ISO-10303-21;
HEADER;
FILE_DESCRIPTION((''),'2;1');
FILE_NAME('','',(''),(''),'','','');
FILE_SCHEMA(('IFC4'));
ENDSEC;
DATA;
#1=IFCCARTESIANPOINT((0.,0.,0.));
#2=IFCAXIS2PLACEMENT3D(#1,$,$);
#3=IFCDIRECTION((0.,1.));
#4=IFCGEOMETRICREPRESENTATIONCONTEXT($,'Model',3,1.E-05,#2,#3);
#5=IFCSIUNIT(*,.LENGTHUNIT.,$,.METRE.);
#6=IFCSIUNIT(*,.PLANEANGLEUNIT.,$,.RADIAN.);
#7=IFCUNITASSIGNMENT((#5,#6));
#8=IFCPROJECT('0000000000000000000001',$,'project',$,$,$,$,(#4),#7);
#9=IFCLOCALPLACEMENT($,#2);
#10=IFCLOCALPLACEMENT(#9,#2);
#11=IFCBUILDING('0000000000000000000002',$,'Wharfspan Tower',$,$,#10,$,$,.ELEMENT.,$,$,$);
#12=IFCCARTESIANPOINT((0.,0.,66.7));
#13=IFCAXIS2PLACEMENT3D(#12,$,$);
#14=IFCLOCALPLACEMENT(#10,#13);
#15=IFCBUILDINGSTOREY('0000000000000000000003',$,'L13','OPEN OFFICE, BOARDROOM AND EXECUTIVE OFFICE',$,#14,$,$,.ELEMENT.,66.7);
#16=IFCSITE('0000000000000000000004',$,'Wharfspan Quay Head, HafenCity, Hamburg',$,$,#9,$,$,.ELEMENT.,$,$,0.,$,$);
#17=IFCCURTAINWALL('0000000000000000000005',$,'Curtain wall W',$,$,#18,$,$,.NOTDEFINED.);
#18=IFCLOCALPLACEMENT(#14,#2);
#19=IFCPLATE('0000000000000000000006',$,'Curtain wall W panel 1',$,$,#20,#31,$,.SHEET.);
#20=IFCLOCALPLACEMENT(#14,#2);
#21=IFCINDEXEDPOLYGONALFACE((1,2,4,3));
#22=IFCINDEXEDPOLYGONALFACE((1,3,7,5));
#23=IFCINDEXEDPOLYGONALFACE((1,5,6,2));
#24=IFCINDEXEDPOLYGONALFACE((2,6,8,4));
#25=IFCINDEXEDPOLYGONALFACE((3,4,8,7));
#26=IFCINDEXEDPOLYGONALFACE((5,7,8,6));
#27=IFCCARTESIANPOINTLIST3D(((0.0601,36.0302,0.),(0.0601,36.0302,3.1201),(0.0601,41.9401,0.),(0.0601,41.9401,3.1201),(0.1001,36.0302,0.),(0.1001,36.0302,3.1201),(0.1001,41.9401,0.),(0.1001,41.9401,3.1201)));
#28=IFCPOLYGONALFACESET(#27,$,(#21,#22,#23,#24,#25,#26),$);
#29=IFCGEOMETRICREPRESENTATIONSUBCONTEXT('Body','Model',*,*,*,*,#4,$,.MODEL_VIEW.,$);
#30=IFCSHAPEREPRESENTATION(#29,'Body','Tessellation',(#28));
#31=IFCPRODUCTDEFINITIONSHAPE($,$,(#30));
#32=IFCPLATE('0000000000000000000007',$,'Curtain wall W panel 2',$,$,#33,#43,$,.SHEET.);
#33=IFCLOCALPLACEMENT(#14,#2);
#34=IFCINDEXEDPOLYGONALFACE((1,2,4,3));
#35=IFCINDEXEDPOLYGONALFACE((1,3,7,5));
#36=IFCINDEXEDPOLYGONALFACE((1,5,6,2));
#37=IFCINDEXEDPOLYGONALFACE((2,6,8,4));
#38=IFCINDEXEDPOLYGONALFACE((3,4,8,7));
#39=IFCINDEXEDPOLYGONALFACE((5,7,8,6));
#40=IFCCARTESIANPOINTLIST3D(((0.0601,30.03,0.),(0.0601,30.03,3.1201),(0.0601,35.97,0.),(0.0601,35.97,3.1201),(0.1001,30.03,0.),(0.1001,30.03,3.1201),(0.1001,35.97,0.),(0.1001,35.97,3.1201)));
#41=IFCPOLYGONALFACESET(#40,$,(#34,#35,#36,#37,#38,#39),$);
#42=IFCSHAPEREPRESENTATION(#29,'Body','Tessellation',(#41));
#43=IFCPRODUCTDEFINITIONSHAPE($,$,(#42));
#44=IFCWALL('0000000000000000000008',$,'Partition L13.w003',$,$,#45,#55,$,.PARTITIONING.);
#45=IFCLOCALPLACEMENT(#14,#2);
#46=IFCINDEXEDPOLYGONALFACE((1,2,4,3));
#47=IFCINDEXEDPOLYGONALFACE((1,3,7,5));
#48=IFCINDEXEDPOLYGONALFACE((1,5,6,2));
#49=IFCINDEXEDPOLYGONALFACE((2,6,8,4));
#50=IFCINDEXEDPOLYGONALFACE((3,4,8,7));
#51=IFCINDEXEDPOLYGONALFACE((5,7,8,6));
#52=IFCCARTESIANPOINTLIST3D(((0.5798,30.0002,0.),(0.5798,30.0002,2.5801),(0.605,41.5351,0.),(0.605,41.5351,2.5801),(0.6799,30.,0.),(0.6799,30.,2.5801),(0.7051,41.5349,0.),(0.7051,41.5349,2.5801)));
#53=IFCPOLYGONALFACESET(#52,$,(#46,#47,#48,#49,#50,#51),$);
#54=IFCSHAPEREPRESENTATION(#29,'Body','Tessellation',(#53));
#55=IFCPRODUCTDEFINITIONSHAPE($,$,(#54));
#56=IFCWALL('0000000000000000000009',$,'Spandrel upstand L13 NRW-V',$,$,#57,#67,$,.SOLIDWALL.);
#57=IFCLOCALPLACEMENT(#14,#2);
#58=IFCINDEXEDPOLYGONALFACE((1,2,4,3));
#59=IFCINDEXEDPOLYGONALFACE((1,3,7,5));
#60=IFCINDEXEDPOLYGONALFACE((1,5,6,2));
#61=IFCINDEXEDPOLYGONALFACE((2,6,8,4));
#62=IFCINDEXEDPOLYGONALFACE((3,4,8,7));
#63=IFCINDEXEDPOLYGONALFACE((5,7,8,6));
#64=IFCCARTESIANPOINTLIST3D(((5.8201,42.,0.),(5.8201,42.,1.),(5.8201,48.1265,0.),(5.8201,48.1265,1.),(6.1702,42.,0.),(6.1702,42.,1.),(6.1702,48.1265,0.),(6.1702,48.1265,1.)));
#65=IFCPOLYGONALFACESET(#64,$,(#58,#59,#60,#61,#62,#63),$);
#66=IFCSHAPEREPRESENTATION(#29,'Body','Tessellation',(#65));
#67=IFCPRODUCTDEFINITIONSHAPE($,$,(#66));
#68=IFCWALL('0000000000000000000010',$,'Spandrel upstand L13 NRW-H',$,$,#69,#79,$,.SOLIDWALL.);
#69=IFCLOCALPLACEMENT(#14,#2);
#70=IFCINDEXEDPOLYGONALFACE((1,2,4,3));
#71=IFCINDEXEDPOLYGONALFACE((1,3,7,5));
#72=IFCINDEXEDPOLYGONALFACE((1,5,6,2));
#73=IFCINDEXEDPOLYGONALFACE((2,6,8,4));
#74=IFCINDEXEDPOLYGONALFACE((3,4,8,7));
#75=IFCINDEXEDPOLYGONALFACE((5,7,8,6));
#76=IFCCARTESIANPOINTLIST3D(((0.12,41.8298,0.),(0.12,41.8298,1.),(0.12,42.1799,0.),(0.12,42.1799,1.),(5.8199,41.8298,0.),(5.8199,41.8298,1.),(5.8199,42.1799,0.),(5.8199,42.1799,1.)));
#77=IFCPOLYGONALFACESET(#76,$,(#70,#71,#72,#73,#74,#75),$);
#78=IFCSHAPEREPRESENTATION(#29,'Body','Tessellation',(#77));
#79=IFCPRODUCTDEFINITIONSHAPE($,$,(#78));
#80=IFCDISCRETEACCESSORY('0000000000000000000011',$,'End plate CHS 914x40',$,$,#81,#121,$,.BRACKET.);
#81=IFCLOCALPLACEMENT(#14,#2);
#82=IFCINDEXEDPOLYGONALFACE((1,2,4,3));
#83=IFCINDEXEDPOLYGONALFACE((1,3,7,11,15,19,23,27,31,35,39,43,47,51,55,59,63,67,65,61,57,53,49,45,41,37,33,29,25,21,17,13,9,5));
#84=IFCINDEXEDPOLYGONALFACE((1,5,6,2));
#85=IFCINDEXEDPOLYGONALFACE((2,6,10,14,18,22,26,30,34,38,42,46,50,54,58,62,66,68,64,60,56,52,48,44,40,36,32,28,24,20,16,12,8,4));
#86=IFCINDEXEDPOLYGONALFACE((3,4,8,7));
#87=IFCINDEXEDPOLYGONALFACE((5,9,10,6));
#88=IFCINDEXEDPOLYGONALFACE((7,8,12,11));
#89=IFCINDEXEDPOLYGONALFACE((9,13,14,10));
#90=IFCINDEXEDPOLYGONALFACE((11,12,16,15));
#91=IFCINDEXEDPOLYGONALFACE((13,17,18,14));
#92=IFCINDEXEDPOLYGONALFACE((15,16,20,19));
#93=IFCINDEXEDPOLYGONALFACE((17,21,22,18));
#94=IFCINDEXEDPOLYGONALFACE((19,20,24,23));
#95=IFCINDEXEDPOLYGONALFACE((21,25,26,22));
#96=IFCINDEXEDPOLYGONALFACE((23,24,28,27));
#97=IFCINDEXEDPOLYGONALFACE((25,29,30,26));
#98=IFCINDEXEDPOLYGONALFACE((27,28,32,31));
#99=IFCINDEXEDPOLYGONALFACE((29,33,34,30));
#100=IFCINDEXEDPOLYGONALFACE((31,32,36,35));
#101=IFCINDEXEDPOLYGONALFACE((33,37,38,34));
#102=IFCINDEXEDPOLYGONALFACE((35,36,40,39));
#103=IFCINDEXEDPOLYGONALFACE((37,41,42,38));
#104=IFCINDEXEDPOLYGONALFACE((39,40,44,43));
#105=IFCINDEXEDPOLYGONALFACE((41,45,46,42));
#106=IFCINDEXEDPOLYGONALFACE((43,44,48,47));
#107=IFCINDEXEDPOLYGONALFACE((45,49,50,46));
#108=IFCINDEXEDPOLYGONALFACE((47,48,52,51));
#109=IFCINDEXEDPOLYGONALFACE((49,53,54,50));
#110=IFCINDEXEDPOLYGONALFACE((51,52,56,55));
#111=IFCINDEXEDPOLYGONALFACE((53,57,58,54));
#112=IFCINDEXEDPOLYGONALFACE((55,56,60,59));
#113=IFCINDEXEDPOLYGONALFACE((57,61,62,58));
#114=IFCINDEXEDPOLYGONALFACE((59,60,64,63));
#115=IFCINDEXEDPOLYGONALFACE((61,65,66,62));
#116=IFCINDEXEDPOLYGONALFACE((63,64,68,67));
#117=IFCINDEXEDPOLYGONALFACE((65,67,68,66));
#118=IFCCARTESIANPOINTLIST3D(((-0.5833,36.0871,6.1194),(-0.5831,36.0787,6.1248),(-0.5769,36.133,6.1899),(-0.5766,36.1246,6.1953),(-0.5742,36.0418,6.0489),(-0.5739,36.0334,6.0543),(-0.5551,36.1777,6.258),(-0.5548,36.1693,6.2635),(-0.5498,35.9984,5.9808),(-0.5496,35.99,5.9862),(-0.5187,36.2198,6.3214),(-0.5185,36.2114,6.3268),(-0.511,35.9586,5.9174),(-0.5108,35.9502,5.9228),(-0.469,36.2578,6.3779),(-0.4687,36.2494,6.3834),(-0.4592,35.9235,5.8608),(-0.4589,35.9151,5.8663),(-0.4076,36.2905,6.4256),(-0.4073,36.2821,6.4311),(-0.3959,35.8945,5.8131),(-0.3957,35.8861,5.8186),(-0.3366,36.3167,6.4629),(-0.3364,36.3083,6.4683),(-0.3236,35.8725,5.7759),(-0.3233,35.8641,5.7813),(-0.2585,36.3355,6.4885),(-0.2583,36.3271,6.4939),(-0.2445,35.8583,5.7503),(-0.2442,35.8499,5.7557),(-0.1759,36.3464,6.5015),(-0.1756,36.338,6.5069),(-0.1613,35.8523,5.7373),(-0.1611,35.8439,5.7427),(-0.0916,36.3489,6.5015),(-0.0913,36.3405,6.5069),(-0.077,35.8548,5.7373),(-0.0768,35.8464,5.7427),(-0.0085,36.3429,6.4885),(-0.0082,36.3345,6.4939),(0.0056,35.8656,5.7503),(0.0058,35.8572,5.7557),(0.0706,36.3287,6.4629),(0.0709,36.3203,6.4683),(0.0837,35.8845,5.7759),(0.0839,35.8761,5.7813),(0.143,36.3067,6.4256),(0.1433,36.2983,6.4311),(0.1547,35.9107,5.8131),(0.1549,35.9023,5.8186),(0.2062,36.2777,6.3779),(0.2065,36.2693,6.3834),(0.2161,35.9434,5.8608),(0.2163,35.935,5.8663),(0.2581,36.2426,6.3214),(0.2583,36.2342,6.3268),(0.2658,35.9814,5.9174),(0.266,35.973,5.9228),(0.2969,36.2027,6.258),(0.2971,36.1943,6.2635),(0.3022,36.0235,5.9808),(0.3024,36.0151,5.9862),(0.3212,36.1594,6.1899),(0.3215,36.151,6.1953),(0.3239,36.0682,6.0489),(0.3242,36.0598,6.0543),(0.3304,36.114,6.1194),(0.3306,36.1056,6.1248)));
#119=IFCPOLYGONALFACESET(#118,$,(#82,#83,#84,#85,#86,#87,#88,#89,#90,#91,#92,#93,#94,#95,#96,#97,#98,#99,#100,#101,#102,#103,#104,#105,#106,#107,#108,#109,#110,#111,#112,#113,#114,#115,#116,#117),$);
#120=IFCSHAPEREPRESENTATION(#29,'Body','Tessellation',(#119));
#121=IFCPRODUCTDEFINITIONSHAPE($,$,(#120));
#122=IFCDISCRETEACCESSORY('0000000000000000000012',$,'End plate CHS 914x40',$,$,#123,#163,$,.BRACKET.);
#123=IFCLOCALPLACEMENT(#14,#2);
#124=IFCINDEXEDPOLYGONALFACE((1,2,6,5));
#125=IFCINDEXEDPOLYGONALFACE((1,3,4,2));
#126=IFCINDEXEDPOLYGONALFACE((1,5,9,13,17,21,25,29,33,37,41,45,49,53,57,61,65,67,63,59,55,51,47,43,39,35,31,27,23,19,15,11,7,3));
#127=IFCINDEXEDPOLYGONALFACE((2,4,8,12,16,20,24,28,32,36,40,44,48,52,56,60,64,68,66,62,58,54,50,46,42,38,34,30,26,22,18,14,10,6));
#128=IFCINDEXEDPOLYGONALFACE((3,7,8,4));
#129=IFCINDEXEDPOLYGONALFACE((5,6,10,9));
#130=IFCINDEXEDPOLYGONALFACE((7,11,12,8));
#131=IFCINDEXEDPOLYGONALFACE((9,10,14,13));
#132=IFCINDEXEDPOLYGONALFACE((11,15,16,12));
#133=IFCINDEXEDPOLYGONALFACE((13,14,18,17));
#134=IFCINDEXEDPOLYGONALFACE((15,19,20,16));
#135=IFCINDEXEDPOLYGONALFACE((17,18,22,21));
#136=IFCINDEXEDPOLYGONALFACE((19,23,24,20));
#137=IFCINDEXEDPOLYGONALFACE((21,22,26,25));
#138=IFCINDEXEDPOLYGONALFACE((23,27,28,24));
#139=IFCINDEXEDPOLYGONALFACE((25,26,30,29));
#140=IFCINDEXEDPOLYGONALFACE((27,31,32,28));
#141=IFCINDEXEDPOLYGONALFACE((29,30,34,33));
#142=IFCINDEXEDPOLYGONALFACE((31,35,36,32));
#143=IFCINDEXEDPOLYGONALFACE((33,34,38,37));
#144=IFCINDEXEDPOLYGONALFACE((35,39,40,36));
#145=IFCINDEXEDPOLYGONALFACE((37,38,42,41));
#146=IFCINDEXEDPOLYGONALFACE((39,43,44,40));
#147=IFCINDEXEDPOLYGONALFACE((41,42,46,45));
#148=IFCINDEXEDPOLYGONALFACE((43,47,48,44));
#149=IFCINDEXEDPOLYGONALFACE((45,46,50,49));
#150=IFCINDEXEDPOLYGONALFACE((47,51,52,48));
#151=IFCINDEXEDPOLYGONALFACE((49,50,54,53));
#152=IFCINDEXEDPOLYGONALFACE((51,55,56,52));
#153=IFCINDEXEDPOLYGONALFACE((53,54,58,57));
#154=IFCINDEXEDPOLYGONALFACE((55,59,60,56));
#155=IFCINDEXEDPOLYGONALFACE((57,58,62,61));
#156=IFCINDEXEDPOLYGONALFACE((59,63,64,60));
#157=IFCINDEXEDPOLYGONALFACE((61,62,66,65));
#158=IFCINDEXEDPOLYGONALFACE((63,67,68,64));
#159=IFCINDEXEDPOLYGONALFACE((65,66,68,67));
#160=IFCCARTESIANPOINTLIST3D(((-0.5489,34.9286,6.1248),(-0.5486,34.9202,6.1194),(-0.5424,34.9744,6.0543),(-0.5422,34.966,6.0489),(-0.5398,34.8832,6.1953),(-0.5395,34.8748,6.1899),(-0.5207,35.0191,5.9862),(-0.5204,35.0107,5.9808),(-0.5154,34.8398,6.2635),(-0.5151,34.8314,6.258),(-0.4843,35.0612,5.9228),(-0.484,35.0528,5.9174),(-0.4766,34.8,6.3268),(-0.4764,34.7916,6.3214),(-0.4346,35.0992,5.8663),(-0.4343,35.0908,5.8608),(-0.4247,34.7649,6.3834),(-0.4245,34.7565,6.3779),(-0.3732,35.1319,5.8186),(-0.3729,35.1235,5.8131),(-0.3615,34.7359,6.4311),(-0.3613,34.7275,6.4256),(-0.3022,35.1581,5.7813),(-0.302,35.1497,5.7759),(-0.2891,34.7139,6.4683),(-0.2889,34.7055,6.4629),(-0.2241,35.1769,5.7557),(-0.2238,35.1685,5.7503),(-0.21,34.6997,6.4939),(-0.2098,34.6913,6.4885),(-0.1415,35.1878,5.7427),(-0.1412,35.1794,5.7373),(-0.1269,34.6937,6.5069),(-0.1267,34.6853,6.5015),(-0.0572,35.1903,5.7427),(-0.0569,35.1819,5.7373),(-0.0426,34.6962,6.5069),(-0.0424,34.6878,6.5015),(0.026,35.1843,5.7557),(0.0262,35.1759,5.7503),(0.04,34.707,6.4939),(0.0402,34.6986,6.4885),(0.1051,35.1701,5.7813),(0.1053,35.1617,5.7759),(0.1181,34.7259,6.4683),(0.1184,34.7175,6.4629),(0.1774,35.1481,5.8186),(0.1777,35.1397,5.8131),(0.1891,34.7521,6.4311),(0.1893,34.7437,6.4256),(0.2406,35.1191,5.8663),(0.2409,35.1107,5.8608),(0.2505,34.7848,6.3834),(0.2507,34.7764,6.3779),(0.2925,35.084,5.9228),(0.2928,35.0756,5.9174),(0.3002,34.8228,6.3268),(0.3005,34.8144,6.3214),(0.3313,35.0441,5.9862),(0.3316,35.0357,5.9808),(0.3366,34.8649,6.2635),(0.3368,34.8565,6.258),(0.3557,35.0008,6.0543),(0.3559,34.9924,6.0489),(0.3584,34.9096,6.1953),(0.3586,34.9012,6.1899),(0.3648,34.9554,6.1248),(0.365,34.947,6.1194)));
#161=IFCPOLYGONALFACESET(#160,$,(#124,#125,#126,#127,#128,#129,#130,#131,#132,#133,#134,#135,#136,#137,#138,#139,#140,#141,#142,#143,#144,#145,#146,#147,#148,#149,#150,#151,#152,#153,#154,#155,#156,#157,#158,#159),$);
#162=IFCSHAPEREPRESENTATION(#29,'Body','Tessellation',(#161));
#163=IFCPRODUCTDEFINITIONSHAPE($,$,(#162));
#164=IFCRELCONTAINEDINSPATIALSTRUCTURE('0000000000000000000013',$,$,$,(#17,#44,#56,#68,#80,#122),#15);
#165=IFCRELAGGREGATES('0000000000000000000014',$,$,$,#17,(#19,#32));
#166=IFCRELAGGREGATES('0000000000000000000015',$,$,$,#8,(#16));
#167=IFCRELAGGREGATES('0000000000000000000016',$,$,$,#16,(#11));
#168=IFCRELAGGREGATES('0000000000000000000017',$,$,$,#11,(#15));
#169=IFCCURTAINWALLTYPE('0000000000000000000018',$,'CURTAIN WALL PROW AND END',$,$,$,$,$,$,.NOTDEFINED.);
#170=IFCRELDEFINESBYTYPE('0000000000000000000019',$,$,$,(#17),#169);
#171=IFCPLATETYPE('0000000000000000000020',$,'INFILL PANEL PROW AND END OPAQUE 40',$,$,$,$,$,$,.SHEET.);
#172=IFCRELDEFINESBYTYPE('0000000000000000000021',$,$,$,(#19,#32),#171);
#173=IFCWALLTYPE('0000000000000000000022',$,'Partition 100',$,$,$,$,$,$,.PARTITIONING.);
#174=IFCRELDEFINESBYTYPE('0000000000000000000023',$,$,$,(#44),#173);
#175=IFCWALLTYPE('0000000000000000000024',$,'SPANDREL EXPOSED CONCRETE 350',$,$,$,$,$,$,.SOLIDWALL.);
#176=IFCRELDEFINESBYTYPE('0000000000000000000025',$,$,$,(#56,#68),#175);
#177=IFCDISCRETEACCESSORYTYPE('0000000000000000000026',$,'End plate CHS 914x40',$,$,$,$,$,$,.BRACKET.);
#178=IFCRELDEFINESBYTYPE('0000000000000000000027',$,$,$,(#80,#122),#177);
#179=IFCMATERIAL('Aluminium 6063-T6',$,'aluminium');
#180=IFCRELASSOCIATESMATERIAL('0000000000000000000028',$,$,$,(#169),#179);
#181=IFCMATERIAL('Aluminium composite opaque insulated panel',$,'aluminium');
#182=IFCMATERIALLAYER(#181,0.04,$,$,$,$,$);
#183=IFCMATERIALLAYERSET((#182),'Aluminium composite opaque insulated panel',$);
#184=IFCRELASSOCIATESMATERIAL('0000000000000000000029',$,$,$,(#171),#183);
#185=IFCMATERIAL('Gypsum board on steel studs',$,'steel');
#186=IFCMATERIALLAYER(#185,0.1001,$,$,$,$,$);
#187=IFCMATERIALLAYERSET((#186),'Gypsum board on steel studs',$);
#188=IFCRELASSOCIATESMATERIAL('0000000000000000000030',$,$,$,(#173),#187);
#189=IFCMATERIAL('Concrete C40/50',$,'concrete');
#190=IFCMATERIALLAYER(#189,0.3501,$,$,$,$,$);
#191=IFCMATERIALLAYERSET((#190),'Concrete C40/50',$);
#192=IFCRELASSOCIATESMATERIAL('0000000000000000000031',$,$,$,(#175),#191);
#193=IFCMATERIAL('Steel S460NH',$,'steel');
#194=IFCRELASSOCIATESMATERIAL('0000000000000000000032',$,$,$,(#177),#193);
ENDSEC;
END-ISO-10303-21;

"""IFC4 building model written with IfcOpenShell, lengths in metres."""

from ifc_helpers import new_model, si_unit, direction, frame, frame_2d, origin, origin_2d, place, context, subcontext, project, spatial, rectangle, circle, extrude, material, layer, layer_set, material_profile, profile_set, type_object, element, aggregate, save


model = new_model("IFC4")

# Units and contexts
model_context = context("Model", 3, precision=1e-05, world=origin(), true_north=direction((0.0, 1.0)))
body_context = subcontext(model_context, "Body", "Model", "MODEL_VIEW")
ifc_project = project(units=[si_unit("LENGTHUNIT", "METRE"), si_unit("PLANEANGLEUNIT", "RADIAN")], contexts=[model_context])

# Site, building, storey
site_placement = place(None, origin())
site = spatial("IfcSite", under=ifc_project, at=site_placement, Name="Wharfspan Quay Head, HafenCity, Hamburg", CompositionType="ELEMENT", RefElevation=0.0)
building_placement = place(site_placement, origin())
building = spatial("IfcBuilding", under=site, at=building_placement, Name="Wharfspan Tower", CompositionType="ELEMENT")
storey_placement = place(building_placement, frame((0.0, 0.0, 66.7)))
storey = spatial("IfcBuildingStorey", under=building, at=storey_placement, Name="L13", Description="OPEN OFFICE, BOARDROOM AND EXECUTIVE OFFICE", CompositionType="ELEMENT", Elevation=66.7)

# Curtain wall
ifc_material_1 = material(Name="Aluminium 6063-T6", Category="aluminium")
curtain_wall_type = type_object("IfcCurtainWallType", Name="CURTAIN WALL PROW AND END", PredefinedType="NOTDEFINED", material=ifc_material_1)
curtain_wall_1_placement = place(storey_placement, origin())
curtain_wall_1 = element("IfcCurtainWall", 1, at=curtain_wall_1_placement, inside=storey, type_object=curtain_wall_type, Name="Curtain wall W", PredefinedType="NOTDEFINED")

# Shared definitions
ifc_material_2 = material(Name="Steel S460NH", Category="steel")

# Plates
ifc_material_3 = material(Name="Aluminium composite opaque insulated panel", Category="aluminium")
ifc_layer_1 = layer(ifc_material_3, 0.04)
ifc_layer_set_1 = layer_set([ifc_layer_1], Name="Aluminium composite opaque insulated panel")
plate_type_1 = type_object("IfcPlateType", Name="INFILL PANEL PROW AND END OPAQUE 40", PredefinedType="SHEET", material=ifc_layer_set_1)
plate_1_placement = place(storey_placement, frame((0.0801, 38.9851, 0.0), z_axis=(0.0, 0.0, 1.0), x_axis=(0.0, -1.0, 0.0)))
plate_1 = element("IfcPlate", 2, at=plate_1_placement, type_object=plate_type_1, Name="Curtain wall W panel 1", PredefinedType="SHEET", context=body_context, shape_type="SweptSolid", body=[
    extrude(rectangle(XDim=5.9099, YDim=0.04, at=origin_2d()), origin(), (0.0, 0.0, 1.0), 3.1201),
])
plate_2_placement = place(storey_placement, frame((0.0801, 33.0, 0.0), z_axis=(0.0, 0.0, 1.0), x_axis=(0.0, -1.0, 0.0)))
plate_2 = element("IfcPlate", 3, at=plate_2_placement, type_object=plate_type_1, Name="Curtain wall W panel 2", PredefinedType="SHEET", context=body_context, shape_type="SweptSolid", body=[
    extrude(rectangle(XDim=5.9399, YDim=0.04, at=origin_2d()), origin(), (0.0, 0.0, 1.0), 3.1201),
])
aggregate(curtain_wall_1, [plate_1, plate_2])

# Walls
ifc_material_4 = material(Name="Gypsum board on steel studs", Category="steel")
ifc_layer_2 = layer(ifc_material_4, 0.1001)
ifc_layer_set_2 = layer_set([ifc_layer_2], Name="Gypsum board on steel studs")
wall_type_1 = type_object("IfcWallType", Name="Partition 100", PredefinedType="PARTITIONING", material=ifc_layer_set_2)
wall_1_placement = place(storey_placement, frame((0.6299, 30.0, 0.0), z_axis=(0.0, 0.0, 1.0), x_axis=(0.00218, 0.999994, 0.0)))
element("IfcWall", 4, at=wall_1_placement, inside=storey, type_object=wall_type_1, Name="Partition L13.w003", PredefinedType="PARTITIONING", context=body_context, shape_type="SweptSolid", body=[
    extrude(rectangle(XDim=11.5349, YDim=0.1001, at=frame_2d((5.7676, 0.0))), origin(), (0.0, 0.0, 1.0), 2.5801),
])
ifc_material_5 = material(Name="Concrete C40/50", Category="concrete")
ifc_layer_3 = layer(ifc_material_5, 0.3501)
ifc_layer_set_3 = layer_set([ifc_layer_3], Name="Concrete C40/50")
wall_type_2 = type_object("IfcWallType", Name="SPANDREL EXPOSED CONCRETE 350", PredefinedType="SOLIDWALL", material=ifc_layer_set_3)
wall_2_placement = place(storey_placement, frame((5.9951, 48.1265, 0.0), z_axis=(0.0, 0.0, 1.0), x_axis=(0.0, -1.0, 0.0)))
element("IfcWall", 5, at=wall_2_placement, inside=storey, type_object=wall_type_2, Name="Spandrel upstand L13 NRW-V", PredefinedType="SOLIDWALL", context=body_context, shape_type="SweptSolid", body=[
    extrude(rectangle(XDim=6.1265, YDim=0.3501, at=frame_2d((3.0632, 0.0))), origin(), (0.0, 0.0, 1.0), 1.0),
])
wall_3_placement = place(storey_placement, frame((5.8201, 42.0049, 0.0), z_axis=(0.0, 0.0, 1.0), x_axis=(-1.0, 0.0, 0.0)))
element("IfcWall", 6, at=wall_3_placement, inside=storey, type_object=wall_type_2, Name="Spandrel upstand L13 NRW-H", PredefinedType="SOLIDWALL", context=body_context, shape_type="SweptSolid", body=[
    extrude(rectangle(XDim=5.7, YDim=0.3501, at=frame_2d((2.8501, 0.0))), origin(), (0.0, 0.0, 1.0), 1.0),
])

# Discrete accessories
ifc_material_profile_1 = material_profile(ifc_material_2, circle(Radius=0.457, at=origin_2d()))
ifc_profile_set_1 = profile_set([ifc_material_profile_1], Name="Steel S460NH")
discrete_accessory_type = type_object("IfcDiscreteAccessoryType", Name="End plate CHS 914x40", PredefinedType="BRACKET", material=ifc_profile_set_1)
for number, where, z_axis, x_axis, name in (
    (7, (-0.1265, 36.1006, 6.1194), (0.024686, -0.839314, 0.543086), (0.999566, 0.0294, 0.000001), "End plate CHS 914x40"),
    (8, (-0.0918, 34.9336, 6.1194), (-0.024686, 0.839314, 0.543086), (-0.999566, -0.0294, 0.000001), "End plate CHS 914x40"),
):
    element("IfcDiscreteAccessory", number, at=place(storey_placement, frame(where, z_axis=z_axis, x_axis=x_axis)), inside=storey, type_object=discrete_accessory_type, Name=name, PredefinedType="BRACKET", context=body_context, shape_type="SweptSolid", body=[
        extrude(circle(Radius=0.457, at=origin_2d()), origin(), (0.0, 0.0, 1.0), 0.01),
    ])

save(model, "model.ifc")
